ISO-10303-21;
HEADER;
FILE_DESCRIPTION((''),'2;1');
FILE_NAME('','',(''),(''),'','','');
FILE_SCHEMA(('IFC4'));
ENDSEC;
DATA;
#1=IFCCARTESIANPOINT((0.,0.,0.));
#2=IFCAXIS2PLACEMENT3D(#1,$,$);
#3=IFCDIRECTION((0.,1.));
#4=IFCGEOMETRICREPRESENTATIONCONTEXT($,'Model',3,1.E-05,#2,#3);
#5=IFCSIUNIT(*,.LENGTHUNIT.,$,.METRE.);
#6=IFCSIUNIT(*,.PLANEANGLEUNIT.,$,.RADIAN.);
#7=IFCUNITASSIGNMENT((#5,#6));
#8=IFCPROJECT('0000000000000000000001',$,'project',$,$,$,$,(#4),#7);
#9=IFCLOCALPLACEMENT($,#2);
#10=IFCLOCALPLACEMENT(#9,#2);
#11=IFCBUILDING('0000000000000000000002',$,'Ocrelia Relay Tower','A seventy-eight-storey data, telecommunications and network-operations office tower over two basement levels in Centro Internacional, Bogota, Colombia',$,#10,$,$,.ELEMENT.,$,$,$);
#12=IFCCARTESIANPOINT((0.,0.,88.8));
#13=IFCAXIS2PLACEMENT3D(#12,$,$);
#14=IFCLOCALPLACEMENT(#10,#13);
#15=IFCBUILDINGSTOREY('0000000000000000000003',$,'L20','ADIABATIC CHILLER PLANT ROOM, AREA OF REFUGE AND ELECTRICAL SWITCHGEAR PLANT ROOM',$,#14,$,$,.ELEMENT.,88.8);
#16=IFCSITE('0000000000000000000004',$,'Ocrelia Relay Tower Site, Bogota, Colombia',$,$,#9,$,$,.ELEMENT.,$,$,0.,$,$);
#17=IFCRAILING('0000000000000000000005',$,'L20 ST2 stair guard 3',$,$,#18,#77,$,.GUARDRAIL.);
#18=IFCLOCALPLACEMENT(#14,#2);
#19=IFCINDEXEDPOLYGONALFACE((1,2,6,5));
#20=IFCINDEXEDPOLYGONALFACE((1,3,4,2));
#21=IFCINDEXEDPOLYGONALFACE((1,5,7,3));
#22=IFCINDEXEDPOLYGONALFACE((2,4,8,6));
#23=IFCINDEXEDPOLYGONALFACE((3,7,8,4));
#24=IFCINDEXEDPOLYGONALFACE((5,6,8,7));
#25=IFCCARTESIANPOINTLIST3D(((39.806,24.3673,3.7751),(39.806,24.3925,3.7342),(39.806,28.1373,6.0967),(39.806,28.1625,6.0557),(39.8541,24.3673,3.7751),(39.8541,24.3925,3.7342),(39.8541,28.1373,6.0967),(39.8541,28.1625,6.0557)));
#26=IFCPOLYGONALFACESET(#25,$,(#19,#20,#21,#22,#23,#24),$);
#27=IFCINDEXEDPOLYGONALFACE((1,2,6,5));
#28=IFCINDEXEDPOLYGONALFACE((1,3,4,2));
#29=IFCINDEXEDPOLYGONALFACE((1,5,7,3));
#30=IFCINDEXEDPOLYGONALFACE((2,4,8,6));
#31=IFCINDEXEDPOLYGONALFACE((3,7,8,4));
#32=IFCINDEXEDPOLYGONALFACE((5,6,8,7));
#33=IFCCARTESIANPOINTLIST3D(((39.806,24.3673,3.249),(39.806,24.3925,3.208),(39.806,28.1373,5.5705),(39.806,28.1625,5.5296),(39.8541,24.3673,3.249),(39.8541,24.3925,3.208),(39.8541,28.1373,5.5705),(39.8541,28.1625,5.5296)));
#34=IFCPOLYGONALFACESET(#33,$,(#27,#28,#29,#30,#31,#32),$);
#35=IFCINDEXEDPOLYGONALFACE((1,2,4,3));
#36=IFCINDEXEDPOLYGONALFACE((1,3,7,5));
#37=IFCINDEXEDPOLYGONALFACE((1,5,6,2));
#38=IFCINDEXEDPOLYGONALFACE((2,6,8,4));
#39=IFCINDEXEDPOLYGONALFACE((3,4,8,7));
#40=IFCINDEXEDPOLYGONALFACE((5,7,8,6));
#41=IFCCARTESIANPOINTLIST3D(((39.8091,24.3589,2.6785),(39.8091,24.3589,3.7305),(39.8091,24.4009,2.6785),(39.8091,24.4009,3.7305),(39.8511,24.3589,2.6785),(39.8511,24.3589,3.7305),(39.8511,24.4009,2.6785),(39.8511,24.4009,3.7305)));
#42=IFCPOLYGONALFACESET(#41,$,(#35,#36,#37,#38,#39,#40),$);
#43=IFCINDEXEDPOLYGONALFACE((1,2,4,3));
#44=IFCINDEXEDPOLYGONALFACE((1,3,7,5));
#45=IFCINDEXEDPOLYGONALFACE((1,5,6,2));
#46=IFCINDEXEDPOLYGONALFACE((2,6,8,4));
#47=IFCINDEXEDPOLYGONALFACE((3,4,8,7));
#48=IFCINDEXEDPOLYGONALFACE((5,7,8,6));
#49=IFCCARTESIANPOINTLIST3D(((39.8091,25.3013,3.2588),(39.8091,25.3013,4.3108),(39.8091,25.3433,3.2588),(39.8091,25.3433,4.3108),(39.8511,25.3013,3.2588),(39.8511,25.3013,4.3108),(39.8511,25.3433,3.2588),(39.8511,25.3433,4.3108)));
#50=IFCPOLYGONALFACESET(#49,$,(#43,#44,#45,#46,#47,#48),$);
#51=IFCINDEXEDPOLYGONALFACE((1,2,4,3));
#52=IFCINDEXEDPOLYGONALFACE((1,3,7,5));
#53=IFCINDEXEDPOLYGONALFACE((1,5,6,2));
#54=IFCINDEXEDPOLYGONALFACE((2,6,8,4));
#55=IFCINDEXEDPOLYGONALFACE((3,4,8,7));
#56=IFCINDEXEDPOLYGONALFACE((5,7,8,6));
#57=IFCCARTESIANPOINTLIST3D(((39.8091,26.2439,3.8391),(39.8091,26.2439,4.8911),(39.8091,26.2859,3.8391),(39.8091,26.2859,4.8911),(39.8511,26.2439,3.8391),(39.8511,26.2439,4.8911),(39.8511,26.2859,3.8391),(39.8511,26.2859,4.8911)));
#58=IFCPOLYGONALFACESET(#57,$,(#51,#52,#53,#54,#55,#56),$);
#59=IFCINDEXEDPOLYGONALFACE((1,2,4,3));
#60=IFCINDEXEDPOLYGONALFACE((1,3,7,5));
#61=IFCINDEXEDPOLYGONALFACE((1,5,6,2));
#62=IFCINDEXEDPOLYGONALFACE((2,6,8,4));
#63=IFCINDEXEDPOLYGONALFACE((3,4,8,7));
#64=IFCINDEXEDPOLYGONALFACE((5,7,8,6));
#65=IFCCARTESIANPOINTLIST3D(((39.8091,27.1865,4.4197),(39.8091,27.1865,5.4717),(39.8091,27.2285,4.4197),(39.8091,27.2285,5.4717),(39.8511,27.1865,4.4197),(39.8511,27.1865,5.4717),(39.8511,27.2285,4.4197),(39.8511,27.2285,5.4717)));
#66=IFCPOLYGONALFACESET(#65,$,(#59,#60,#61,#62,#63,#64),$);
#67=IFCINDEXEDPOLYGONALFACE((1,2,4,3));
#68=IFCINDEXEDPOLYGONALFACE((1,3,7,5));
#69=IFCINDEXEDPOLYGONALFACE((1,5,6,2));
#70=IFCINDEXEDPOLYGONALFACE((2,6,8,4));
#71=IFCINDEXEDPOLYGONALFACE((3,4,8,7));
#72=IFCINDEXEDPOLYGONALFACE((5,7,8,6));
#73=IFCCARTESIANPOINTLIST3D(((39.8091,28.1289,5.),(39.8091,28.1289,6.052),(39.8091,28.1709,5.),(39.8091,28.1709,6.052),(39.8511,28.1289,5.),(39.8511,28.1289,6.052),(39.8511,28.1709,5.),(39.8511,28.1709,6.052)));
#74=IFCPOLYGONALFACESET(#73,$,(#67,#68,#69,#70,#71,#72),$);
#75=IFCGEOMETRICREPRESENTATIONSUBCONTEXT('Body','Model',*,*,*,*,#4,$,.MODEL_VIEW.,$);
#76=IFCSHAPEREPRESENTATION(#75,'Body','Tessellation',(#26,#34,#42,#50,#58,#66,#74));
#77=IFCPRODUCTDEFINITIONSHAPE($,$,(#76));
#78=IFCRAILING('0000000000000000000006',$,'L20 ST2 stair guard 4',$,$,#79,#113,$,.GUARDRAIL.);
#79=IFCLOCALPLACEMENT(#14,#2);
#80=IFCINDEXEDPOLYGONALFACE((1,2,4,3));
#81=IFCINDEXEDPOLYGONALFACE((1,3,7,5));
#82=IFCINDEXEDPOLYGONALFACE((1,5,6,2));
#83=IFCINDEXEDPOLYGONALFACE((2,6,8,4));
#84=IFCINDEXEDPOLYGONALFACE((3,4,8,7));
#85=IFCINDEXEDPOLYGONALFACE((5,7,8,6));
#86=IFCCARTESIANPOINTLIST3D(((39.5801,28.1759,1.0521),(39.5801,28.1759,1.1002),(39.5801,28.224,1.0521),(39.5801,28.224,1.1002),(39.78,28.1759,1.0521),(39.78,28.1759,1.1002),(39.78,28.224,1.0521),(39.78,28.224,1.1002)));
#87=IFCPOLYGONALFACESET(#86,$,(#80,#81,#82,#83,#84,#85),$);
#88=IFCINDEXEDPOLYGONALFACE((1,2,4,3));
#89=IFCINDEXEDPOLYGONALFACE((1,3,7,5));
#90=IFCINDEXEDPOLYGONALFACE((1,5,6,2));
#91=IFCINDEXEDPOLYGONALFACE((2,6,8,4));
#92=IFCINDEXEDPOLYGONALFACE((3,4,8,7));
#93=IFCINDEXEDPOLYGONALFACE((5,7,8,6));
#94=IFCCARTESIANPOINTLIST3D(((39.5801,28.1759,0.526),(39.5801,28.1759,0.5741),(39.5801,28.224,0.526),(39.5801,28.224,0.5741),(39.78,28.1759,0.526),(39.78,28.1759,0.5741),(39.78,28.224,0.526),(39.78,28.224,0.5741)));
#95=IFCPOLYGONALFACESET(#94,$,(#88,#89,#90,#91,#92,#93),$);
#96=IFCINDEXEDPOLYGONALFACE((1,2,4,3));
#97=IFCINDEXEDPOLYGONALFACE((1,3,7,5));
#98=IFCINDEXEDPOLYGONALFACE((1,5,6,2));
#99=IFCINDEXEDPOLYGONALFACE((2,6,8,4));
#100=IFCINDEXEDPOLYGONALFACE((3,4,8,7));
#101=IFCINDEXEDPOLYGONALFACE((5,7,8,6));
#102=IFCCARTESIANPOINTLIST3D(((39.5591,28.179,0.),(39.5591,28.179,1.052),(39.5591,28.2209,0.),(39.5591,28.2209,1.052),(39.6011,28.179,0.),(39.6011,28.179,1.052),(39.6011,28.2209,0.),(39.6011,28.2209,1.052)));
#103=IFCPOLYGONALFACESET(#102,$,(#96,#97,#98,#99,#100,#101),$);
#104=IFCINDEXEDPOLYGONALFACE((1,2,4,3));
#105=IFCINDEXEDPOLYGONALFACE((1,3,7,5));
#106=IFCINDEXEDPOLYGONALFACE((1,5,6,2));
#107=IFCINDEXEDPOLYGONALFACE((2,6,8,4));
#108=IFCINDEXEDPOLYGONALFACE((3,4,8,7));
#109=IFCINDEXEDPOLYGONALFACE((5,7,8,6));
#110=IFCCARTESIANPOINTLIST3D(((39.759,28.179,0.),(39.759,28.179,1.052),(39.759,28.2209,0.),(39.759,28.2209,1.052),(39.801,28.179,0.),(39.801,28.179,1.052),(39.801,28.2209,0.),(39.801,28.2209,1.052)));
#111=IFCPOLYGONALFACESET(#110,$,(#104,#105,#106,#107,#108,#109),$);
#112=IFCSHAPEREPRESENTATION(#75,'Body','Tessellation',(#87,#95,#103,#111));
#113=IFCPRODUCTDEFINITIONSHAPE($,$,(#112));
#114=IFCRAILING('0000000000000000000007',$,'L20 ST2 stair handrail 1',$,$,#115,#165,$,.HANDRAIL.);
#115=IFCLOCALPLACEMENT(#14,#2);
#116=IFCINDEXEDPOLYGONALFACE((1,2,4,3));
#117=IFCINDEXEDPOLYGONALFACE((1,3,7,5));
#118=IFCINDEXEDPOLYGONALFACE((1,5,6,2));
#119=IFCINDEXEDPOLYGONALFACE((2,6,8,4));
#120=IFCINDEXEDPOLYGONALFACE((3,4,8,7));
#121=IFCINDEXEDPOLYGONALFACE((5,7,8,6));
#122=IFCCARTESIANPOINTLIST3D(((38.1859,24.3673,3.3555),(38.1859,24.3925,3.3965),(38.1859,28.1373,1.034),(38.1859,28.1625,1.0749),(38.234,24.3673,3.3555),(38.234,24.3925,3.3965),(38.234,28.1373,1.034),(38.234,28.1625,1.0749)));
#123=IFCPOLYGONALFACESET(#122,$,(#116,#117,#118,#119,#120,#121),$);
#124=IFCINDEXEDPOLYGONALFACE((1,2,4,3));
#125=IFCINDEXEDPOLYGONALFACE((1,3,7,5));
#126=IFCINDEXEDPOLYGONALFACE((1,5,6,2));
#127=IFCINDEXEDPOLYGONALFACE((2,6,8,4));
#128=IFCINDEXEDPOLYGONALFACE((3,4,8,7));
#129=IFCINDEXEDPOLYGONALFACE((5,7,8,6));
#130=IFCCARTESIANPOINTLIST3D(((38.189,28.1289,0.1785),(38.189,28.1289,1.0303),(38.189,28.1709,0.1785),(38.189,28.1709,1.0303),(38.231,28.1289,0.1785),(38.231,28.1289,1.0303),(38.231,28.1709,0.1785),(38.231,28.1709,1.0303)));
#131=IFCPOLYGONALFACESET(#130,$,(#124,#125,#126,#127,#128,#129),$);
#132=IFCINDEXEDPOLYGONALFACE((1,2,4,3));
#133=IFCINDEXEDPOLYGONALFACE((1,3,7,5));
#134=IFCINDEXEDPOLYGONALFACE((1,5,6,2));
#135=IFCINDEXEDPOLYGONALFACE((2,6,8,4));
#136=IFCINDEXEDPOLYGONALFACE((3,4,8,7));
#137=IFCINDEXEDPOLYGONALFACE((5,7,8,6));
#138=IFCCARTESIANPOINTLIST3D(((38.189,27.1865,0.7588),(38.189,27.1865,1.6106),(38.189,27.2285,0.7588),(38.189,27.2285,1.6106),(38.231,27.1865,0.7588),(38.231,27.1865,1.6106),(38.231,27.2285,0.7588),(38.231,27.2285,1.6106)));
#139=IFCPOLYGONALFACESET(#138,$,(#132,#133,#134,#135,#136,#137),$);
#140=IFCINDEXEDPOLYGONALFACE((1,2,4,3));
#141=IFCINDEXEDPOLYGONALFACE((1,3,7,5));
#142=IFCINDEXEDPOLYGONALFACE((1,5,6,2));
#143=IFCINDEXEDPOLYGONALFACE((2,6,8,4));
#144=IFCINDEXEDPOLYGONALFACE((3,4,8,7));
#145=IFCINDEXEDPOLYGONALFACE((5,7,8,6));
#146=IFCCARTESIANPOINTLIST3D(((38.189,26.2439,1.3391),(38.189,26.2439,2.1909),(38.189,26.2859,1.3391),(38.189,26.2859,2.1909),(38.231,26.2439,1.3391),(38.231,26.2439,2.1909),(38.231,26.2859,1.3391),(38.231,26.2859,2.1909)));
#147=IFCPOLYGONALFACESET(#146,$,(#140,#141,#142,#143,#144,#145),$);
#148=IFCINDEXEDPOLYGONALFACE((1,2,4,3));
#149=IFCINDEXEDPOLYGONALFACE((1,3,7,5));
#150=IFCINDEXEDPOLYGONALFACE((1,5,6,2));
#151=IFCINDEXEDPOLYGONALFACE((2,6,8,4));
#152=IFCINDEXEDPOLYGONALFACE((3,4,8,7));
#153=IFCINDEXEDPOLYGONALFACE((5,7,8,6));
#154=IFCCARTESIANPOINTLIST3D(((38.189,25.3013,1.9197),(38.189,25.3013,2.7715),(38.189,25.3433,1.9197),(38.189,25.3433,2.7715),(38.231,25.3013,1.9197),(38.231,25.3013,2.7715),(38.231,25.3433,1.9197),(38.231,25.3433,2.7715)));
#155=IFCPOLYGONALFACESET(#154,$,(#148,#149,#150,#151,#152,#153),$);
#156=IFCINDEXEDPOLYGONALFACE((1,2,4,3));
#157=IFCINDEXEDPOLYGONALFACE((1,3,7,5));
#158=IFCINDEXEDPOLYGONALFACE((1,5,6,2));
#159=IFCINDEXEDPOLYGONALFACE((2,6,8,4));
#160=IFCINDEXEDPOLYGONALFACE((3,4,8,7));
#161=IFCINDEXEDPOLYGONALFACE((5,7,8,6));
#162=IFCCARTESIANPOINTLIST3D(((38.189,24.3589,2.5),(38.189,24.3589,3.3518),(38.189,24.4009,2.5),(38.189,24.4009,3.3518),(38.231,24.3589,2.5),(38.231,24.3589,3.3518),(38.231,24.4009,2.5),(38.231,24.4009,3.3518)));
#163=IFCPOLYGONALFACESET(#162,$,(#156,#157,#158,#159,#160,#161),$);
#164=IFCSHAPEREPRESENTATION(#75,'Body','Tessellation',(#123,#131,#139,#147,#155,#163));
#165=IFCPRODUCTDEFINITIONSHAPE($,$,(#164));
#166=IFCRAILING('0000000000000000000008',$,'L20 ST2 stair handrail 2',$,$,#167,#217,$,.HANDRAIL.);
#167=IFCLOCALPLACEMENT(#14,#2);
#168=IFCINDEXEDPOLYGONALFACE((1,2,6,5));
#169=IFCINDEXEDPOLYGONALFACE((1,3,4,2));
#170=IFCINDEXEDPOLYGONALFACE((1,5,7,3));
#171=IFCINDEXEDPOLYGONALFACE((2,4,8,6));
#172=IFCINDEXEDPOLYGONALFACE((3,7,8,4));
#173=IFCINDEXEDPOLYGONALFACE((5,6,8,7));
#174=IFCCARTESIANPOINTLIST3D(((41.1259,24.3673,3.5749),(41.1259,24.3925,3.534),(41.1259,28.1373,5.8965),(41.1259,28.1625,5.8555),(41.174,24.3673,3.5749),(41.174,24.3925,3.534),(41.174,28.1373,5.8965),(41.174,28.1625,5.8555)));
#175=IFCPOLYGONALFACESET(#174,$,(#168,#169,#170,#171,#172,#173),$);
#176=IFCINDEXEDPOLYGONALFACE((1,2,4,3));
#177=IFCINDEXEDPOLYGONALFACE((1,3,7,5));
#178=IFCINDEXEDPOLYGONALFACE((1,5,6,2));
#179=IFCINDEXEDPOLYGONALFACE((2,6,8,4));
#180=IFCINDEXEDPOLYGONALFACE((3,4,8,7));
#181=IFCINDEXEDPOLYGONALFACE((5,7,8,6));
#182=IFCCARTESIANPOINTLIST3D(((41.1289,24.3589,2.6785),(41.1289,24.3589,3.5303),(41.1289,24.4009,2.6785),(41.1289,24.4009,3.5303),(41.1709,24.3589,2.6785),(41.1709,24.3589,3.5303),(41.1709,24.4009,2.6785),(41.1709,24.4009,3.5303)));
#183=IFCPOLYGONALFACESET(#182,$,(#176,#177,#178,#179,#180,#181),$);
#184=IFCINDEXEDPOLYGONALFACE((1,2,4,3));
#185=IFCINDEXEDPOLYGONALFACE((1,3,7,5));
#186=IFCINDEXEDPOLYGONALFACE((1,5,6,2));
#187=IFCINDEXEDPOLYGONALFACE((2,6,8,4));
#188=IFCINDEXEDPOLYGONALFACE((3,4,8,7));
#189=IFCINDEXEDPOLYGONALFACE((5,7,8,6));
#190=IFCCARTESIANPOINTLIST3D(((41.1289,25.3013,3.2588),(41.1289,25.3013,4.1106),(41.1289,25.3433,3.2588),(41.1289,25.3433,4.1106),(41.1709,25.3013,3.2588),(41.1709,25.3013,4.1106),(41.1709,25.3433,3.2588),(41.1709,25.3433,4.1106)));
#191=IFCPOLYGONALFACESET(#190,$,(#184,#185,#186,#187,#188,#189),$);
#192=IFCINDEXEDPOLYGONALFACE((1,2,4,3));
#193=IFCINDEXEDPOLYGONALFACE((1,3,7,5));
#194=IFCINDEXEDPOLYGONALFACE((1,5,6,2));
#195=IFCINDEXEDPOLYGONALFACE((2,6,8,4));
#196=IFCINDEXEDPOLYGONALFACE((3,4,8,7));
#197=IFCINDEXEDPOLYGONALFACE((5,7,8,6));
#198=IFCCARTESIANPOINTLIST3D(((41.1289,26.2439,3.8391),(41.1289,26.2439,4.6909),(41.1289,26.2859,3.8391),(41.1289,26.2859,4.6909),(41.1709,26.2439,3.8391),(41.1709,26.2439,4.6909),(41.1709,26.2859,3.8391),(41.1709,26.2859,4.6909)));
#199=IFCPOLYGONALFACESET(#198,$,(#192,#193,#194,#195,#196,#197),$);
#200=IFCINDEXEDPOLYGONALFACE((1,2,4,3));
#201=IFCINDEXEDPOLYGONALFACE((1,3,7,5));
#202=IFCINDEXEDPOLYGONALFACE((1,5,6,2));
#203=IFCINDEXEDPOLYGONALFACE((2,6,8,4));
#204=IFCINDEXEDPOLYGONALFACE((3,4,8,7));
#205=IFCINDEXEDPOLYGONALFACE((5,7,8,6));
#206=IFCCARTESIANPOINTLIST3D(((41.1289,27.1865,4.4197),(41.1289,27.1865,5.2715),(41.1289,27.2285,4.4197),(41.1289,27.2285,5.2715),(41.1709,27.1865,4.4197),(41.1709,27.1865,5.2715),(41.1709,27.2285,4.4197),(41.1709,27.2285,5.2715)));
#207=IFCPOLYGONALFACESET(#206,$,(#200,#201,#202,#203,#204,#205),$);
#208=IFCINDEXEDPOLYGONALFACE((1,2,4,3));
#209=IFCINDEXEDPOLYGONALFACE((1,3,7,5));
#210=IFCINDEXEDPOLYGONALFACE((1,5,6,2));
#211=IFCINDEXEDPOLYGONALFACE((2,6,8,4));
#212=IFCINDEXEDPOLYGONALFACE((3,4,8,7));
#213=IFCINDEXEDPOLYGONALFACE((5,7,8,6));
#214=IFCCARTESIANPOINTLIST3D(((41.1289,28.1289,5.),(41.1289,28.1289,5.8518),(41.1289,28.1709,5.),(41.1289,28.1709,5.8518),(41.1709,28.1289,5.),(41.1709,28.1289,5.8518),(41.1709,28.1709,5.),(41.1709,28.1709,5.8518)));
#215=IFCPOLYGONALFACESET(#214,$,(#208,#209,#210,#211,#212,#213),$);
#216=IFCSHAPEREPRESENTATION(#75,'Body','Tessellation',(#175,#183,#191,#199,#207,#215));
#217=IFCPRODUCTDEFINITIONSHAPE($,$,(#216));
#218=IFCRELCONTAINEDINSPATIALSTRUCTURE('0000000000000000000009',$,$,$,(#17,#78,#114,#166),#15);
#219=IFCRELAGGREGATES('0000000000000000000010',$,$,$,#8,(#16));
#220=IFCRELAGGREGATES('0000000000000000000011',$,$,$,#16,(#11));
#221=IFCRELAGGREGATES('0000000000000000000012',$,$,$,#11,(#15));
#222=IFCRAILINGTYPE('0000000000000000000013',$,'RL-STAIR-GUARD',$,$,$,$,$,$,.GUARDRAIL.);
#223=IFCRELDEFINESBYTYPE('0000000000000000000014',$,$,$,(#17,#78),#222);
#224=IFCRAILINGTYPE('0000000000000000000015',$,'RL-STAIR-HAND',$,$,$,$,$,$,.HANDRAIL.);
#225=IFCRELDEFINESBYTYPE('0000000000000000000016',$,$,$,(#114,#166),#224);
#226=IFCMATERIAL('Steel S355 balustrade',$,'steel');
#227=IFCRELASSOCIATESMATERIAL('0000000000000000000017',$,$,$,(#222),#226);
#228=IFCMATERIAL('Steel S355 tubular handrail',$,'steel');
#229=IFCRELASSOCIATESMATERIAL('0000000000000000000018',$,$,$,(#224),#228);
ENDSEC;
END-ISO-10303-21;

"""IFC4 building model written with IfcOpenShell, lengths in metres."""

from ifc_helpers import new_model, si_unit, direction, frame, origin, origin_2d, place, context, subcontext, project, spatial, rectangle, extrude, material, type_object, element, save


model = new_model("IFC4")

# Units and contexts
model_context = context("Model", 3, precision=1e-05, world=origin(), true_north=direction((0.0, 1.0)))
body_context = subcontext(model_context, "Body", "Model", "MODEL_VIEW")
ifc_project = project(units=[si_unit("LENGTHUNIT", "METRE"), si_unit("PLANEANGLEUNIT", "RADIAN")], contexts=[model_context])

# Site, building, storey
site_placement = place(None, origin())
site = spatial("IfcSite", under=ifc_project, at=site_placement, Name="Ocrelia Relay Tower Site, Bogota, Colombia", CompositionType="ELEMENT", RefElevation=0.0)
building_placement = place(site_placement, origin())
building = spatial("IfcBuilding", under=site, at=building_placement, Name="Ocrelia Relay Tower", Description="A seventy-eight-storey data, telecommunications and network-operations office tower over two basement levels in Centro Internacional, Bogota, Colombia", CompositionType="ELEMENT")
storey_placement = place(building_placement, frame((0.0, 0.0, 88.8)))
storey = spatial("IfcBuildingStorey", under=building, at=storey_placement, Name="L20", Description="ADIABATIC CHILLER PLANT ROOM, AREA OF REFUGE AND ELECTRICAL SWITCHGEAR PLANT ROOM", CompositionType="ELEMENT", Elevation=88.8)

# Railings
ifc_material_1 = material(Name="Steel S355 balustrade", Category="steel")
railing_type_1 = type_object("IfcRailingType", Name="RL-STAIR-GUARD", PredefinedType="GUARDRAIL", material=ifc_material_1)
railing_1_placement = place(storey_placement, frame((39.8301, 24.3799, 2.6785)))
element("IfcRailing", 1, at=railing_1_placement, inside=storey, type_object=railing_type_1, Name="L20 ST2 stair guard 3", PredefinedType="GUARDRAIL", context=body_context, shape_type="SweptSolid", body=[
    extrude(rectangle(XDim=0.0481, YDim=0.0481, at=origin_2d()), frame((0.0, 0.0, 1.0762), z_axis=(0.0, 0.851505, 0.524347), x_axis=(-1.0, 0.0, 0.0)), (0.0, 0.0, 1.0), 4.4275),
    extrude(rectangle(XDim=0.0481, YDim=0.0481, at=origin_2d()), frame((0.0, 0.0, 0.55), z_axis=(0.0, 0.851505, 0.524347), x_axis=(-1.0, 0.0, 0.0)), (0.0, 0.0, 1.0), 4.4275),
    extrude(rectangle(XDim=0.042, YDim=0.042, at=origin_2d()), origin(), (0.0, 0.0, 1.0), 1.052),
    extrude(rectangle(XDim=0.042, YDim=0.042, at=origin_2d()), frame((0.0, 0.9424, 0.5803)), (0.0, 0.0, 1.0), 1.052),
    extrude(rectangle(XDim=0.042, YDim=0.042, at=origin_2d()), frame((0.0, 1.885, 1.1606)), (0.0, 0.0, 1.0), 1.052),
    extrude(rectangle(XDim=0.042, YDim=0.042, at=origin_2d()), frame((0.0, 2.8276, 1.7412)), (0.0, 0.0, 1.0), 1.052),
    extrude(rectangle(XDim=0.042, YDim=0.042, at=origin_2d()), frame((0.0, 3.77, 2.3215)), (0.0, 0.0, 1.0), 1.052),
])
railing_2_placement = place(storey_placement, frame((39.5801, 28.2, 0.0)))
element("IfcRailing", 2, at=railing_2_placement, inside=storey, type_object=railing_type_1, Name="L20 ST2 stair guard 4", PredefinedType="GUARDRAIL", context=body_context, shape_type="SweptSolid", body=[
    extrude(rectangle(XDim=0.0481, YDim=0.0481, at=origin_2d()), frame((0.0, 0.0, 1.0762), z_axis=(1.0, 0.0, 0.0), x_axis=(0.0, 1.0, 0.0)), (0.0, 0.0, 1.0), 0.2),
    extrude(rectangle(XDim=0.0481, YDim=0.0481, at=origin_2d()), frame((0.0, 0.0, 0.55), z_axis=(1.0, 0.0, 0.0), x_axis=(0.0, 1.0, 0.0)), (0.0, 0.0, 1.0), 0.2),
    extrude(rectangle(XDim=0.042, YDim=0.042, at=origin_2d()), origin(), (0.0, 0.0, 1.0), 1.052),
    extrude(rectangle(XDim=0.042, YDim=0.042, at=origin_2d()), frame((0.2, 0.0, 0.0)), (0.0, 0.0, 1.0), 1.052),
])
ifc_material_2 = material(Name="Steel S355 tubular handrail", Category="steel")
railing_type_2 = type_object("IfcRailingType", Name="RL-STAIR-HAND", PredefinedType="HANDRAIL", material=ifc_material_2)
railing_3_placement = place(storey_placement, frame((38.21, 28.1499, 0.1785)))
element("IfcRailing", 3, at=railing_3_placement, inside=storey, type_object=railing_type_2, Name="L20 ST2 stair handrail 1", PredefinedType="HANDRAIL", context=body_context, shape_type="SweptSolid", body=[
    extrude(rectangle(XDim=0.0481, YDim=0.0481, at=origin_2d()), frame((0.0, 0.0, 0.876), z_axis=(0.0, -0.851505, 0.524347), x_axis=(1.0, 0.0, 0.0)), (0.0, 0.0, 1.0), 4.4275),
    extrude(rectangle(XDim=0.042, YDim=0.042, at=origin_2d()), origin(), (0.0, 0.0, 1.0), 0.8518),
    extrude(rectangle(XDim=0.042, YDim=0.042, at=origin_2d()), frame((0.0, -0.9424, 0.5803)), (0.0, 0.0, 1.0), 0.8518),
    extrude(rectangle(XDim=0.042, YDim=0.042, at=origin_2d()), frame((0.0, -1.885, 1.1606)), (0.0, 0.0, 1.0), 0.8518),
    extrude(rectangle(XDim=0.042, YDim=0.042, at=origin_2d()), frame((0.0, -2.8276, 1.7412)), (0.0, 0.0, 1.0), 0.8518),
    extrude(rectangle(XDim=0.042, YDim=0.042, at=origin_2d()), frame((0.0, -3.77, 2.3215)), (0.0, 0.0, 1.0), 0.8518),
])
railing_4_placement = place(storey_placement, frame((41.1499, 24.3799, 2.6785)))
element("IfcRailing", 4, at=railing_4_placement, inside=storey, type_object=railing_type_2, Name="L20 ST2 stair handrail 2", PredefinedType="HANDRAIL", context=body_context, shape_type="SweptSolid", body=[
    extrude(rectangle(XDim=0.0481, YDim=0.0481, at=origin_2d()), frame((0.0, 0.0, 0.876), z_axis=(0.0, 0.851505, 0.524347), x_axis=(-1.0, 0.0, 0.0)), (0.0, 0.0, 1.0), 4.4275),
    extrude(rectangle(XDim=0.042, YDim=0.042, at=origin_2d()), origin(), (0.0, 0.0, 1.0), 0.8518),
    extrude(rectangle(XDim=0.042, YDim=0.042, at=origin_2d()), frame((0.0, 0.9424, 0.5803)), (0.0, 0.0, 1.0), 0.8518),
    extrude(rectangle(XDim=0.042, YDim=0.042, at=origin_2d()), frame((0.0, 1.885, 1.1606)), (0.0, 0.0, 1.0), 0.8518),
    extrude(rectangle(XDim=0.042, YDim=0.042, at=origin_2d()), frame((0.0, 2.8276, 1.7412)), (0.0, 0.0, 1.0), 0.8518),
    extrude(rectangle(XDim=0.042, YDim=0.042, at=origin_2d()), frame((0.0, 3.77, 2.3215)), (0.0, 0.0, 1.0), 0.8518),
])

save(model, "model.ifc")
